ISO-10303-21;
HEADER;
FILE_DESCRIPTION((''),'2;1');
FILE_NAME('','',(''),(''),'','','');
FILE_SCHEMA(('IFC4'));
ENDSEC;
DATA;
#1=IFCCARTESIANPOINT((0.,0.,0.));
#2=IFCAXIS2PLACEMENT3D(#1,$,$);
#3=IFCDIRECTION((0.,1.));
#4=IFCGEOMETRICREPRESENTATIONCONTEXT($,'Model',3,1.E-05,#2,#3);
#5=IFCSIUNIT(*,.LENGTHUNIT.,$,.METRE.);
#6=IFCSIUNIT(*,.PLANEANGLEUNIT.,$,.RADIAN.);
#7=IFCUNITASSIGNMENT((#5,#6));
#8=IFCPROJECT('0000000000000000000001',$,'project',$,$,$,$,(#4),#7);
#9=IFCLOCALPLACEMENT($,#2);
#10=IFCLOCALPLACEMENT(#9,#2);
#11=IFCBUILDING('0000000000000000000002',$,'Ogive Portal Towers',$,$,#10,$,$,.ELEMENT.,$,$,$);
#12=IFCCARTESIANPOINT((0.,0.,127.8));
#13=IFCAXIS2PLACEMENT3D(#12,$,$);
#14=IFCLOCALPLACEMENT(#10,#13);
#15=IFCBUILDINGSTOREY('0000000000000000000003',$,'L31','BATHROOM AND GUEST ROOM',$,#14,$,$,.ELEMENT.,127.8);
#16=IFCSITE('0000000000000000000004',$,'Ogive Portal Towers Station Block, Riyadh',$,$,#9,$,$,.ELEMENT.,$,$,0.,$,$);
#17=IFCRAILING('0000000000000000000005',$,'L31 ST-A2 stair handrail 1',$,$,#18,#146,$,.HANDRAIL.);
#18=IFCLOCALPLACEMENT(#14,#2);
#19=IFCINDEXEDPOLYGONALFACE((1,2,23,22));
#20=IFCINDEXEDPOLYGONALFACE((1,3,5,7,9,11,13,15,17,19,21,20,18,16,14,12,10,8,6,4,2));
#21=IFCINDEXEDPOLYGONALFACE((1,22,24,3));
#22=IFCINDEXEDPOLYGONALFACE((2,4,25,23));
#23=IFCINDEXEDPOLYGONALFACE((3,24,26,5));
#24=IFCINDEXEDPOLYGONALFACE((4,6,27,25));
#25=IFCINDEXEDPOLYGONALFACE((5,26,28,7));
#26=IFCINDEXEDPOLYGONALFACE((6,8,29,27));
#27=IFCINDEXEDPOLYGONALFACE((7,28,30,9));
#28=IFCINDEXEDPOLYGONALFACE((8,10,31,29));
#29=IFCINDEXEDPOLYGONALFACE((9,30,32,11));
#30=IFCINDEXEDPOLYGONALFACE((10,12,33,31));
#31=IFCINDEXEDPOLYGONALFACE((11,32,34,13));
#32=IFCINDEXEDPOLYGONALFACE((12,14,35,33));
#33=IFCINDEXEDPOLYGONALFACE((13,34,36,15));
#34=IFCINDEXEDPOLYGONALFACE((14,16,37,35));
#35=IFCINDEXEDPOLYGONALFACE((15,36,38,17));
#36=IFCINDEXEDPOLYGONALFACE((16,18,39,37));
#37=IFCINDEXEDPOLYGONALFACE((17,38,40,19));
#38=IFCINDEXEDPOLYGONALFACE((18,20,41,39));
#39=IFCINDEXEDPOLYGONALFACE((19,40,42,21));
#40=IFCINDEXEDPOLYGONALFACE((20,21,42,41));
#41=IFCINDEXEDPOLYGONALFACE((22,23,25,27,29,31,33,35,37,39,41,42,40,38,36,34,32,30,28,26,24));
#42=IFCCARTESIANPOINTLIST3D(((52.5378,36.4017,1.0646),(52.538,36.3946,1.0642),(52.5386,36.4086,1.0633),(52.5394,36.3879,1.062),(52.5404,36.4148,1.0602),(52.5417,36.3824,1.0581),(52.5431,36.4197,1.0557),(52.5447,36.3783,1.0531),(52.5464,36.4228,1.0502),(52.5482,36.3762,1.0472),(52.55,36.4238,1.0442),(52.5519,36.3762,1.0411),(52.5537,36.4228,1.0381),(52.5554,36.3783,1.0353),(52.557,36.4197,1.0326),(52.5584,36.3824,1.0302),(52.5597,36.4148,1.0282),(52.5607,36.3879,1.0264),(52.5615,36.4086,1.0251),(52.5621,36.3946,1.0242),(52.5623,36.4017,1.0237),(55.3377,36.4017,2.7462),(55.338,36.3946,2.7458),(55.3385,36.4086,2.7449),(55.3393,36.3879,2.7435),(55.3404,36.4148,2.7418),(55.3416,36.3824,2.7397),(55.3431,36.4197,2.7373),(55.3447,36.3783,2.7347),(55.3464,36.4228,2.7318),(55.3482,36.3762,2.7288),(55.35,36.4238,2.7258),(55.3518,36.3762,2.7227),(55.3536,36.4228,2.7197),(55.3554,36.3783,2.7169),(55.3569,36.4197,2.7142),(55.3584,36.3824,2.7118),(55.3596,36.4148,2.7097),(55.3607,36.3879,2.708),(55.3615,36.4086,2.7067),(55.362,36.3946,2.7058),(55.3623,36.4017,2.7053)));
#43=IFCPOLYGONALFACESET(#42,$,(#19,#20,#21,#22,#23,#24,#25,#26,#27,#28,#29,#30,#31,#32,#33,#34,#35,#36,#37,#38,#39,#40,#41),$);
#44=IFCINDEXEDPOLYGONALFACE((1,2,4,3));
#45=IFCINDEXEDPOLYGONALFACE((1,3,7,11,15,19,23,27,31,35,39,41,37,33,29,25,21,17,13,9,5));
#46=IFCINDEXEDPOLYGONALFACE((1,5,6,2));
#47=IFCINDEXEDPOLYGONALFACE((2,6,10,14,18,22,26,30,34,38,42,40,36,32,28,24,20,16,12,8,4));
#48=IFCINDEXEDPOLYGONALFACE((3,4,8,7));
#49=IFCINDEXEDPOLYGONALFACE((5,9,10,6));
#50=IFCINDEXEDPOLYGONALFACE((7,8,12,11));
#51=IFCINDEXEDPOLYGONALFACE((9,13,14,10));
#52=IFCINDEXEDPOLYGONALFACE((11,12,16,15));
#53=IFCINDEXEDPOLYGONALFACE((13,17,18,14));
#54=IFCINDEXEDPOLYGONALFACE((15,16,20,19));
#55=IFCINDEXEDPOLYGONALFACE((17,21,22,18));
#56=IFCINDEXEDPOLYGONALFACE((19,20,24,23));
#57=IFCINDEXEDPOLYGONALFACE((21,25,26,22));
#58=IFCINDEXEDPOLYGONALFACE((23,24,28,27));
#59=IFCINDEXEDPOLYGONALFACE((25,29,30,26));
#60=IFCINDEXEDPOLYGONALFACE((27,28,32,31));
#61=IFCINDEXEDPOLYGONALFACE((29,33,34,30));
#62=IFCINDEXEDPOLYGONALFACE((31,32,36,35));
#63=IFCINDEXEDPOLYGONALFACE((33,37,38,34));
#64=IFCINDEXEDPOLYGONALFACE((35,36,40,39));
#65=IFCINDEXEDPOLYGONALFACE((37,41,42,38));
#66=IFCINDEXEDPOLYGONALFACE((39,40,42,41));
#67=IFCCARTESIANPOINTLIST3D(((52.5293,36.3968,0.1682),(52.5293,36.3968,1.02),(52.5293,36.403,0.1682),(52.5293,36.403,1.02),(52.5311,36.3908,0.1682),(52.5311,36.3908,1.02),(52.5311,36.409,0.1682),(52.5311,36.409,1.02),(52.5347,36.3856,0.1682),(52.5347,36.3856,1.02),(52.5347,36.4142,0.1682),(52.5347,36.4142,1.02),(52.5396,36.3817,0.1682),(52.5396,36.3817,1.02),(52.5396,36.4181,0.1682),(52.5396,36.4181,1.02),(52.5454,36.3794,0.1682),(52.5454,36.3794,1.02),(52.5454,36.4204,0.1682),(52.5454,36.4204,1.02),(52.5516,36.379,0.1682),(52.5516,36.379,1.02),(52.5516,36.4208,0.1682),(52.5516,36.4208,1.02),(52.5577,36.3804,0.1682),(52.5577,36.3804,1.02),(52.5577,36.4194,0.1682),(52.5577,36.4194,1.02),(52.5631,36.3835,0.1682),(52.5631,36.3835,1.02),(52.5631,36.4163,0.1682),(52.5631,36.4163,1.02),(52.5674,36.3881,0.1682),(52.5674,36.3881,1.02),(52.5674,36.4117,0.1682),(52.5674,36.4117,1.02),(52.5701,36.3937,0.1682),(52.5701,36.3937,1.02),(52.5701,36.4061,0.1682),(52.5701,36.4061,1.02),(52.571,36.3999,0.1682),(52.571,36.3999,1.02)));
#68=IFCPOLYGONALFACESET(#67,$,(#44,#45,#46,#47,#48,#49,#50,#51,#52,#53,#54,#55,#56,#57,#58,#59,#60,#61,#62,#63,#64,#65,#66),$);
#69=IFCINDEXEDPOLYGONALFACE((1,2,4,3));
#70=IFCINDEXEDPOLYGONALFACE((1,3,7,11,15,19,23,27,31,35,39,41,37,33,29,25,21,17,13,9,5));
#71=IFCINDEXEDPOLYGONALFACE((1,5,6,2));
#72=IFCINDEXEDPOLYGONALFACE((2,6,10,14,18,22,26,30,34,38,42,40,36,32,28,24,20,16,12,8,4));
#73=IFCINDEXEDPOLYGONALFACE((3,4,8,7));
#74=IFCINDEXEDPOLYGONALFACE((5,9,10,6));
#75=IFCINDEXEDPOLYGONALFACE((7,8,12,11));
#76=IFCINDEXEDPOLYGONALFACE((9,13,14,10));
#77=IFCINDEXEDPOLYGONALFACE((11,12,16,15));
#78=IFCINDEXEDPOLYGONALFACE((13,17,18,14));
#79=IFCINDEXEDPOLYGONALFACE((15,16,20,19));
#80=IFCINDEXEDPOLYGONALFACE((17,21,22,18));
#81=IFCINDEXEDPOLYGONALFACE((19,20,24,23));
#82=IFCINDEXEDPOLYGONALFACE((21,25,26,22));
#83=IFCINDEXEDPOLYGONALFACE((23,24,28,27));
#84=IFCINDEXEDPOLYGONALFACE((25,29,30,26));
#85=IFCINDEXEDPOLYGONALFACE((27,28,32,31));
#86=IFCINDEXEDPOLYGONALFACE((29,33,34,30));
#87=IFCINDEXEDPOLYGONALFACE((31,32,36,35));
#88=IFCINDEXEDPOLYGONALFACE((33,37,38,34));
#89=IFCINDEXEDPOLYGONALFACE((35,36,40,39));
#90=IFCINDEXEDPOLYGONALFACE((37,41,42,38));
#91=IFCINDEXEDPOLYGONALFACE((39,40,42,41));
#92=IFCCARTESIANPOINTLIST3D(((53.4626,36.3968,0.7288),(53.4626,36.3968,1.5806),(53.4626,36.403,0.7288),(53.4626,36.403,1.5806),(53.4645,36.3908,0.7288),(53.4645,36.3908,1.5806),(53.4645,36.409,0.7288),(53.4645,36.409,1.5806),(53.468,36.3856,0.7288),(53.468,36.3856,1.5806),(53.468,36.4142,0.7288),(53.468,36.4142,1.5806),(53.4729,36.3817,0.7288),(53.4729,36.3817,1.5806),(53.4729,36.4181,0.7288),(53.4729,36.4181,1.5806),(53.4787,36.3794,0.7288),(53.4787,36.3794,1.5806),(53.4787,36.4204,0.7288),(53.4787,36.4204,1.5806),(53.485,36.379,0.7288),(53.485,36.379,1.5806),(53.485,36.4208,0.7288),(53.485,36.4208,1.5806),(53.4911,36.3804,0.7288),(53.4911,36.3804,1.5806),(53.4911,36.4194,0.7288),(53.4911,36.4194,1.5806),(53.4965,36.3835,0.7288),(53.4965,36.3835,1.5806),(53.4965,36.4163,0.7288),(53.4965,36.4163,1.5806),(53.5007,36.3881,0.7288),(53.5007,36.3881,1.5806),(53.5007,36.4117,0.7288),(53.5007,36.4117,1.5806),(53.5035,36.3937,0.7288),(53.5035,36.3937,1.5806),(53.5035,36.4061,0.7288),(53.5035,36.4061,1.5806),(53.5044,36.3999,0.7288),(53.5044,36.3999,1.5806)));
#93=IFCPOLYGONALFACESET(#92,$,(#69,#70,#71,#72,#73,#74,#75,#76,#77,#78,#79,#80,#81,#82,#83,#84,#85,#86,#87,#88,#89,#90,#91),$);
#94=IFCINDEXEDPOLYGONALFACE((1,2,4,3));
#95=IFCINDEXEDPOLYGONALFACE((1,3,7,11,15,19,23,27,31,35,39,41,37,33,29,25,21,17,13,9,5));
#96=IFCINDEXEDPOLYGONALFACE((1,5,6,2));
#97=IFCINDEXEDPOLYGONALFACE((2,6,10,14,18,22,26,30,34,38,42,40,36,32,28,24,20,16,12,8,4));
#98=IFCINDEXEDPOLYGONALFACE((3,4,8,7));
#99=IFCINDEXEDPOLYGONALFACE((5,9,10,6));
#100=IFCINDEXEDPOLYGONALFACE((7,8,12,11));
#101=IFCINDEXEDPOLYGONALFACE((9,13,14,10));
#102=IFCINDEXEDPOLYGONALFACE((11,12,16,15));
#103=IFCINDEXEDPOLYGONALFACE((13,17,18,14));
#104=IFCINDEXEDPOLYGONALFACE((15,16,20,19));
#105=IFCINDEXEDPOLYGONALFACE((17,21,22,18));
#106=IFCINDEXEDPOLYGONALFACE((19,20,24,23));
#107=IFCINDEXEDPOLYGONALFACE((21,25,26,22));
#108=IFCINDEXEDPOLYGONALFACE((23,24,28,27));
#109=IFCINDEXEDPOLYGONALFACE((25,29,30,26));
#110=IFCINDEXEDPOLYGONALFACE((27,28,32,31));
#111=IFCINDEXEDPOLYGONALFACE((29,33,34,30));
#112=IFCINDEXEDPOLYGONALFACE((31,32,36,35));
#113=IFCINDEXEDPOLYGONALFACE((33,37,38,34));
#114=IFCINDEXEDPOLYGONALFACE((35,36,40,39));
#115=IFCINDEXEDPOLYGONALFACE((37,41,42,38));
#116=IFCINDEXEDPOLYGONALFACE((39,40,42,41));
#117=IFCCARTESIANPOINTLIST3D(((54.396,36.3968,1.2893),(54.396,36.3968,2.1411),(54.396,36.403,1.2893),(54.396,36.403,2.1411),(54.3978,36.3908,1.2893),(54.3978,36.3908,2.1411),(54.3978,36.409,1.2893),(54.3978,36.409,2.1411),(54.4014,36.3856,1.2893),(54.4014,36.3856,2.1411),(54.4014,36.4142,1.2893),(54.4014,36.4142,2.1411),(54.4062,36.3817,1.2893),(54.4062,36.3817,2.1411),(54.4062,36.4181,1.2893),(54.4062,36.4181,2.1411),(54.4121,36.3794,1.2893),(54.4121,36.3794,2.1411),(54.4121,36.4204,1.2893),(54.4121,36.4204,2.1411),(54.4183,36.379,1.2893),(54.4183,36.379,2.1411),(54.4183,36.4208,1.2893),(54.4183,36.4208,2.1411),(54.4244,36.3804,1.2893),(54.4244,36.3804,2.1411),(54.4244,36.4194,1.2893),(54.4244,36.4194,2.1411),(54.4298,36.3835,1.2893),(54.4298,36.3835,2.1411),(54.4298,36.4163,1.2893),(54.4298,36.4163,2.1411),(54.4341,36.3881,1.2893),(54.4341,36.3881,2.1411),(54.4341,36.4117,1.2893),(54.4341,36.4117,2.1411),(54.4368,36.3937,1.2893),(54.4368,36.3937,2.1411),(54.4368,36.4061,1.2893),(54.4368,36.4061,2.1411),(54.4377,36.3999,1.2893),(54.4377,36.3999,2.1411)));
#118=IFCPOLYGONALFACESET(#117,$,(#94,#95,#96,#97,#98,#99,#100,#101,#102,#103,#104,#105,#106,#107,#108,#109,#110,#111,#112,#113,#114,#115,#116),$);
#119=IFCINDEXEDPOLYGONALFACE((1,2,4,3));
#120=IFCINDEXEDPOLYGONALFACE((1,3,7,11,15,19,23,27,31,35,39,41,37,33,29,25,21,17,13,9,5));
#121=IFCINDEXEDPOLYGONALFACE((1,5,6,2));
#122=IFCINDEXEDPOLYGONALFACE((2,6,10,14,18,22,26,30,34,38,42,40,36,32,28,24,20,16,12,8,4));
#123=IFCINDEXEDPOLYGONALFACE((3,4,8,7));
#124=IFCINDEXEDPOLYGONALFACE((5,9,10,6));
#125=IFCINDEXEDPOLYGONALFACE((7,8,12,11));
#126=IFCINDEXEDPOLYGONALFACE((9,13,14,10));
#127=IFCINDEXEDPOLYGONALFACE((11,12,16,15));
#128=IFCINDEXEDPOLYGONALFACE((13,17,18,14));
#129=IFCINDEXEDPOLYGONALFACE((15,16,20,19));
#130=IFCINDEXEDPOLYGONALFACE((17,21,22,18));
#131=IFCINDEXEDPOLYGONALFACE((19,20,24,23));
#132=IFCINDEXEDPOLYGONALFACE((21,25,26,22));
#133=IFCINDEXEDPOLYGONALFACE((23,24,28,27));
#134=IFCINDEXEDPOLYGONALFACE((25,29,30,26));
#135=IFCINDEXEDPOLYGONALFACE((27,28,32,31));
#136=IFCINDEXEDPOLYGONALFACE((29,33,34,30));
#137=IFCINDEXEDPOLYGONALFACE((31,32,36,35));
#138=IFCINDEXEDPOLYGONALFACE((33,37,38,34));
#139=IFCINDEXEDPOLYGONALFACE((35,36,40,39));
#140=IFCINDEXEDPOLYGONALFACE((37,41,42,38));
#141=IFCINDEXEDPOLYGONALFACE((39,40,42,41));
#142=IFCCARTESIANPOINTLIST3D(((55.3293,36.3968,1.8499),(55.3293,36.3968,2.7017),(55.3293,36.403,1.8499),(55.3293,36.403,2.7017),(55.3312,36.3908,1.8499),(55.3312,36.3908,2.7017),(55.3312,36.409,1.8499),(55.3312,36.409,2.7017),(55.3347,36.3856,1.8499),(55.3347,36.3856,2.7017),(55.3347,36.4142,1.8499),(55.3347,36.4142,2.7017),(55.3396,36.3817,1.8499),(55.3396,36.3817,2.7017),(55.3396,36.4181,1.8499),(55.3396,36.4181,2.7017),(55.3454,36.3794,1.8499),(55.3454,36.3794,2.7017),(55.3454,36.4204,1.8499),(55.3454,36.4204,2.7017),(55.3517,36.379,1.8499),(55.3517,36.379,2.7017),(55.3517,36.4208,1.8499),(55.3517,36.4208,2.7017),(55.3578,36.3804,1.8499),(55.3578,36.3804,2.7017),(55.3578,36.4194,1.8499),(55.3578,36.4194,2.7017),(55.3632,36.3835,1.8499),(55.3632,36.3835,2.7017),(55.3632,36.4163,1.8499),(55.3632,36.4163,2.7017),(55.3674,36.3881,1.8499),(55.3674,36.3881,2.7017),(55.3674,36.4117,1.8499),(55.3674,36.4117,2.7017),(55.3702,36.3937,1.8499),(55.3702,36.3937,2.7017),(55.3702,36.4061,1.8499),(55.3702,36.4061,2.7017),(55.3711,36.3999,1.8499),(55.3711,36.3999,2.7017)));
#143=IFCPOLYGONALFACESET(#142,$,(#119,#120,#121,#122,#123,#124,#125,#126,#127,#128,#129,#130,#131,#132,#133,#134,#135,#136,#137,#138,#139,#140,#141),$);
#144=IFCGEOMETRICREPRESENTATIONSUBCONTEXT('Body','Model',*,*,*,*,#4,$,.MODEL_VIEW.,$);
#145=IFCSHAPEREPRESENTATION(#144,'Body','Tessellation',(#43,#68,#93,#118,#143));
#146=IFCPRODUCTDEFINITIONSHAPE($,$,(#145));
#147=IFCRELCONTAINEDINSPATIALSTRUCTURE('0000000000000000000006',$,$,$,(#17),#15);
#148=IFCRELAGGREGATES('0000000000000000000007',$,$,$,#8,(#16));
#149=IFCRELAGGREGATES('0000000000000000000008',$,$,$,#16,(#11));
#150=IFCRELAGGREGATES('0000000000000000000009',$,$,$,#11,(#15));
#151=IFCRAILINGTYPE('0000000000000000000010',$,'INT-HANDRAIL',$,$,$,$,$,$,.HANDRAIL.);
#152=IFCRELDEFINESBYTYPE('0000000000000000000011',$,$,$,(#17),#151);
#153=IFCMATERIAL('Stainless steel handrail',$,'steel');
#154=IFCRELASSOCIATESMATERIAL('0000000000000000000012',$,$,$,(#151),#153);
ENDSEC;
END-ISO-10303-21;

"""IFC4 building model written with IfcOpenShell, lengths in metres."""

from ifc_helpers import new_model, si_unit, direction, frame, origin, origin_2d, place, context, subcontext, project, spatial, circle, extrude, material, type_object, element, save


model = new_model("IFC4")

# Units and contexts
model_context = context("Model", 3, precision=1e-05, world=origin(), true_north=direction((0.0, 1.0)))
body_context = subcontext(model_context, "Body", "Model", "MODEL_VIEW")
ifc_project = project(units=[si_unit("LENGTHUNIT", "METRE"), si_unit("PLANEANGLEUNIT", "RADIAN")], contexts=[model_context])

# Site, building, storey
site_placement = place(None, origin())
site = spatial("IfcSite", under=ifc_project, at=site_placement, Name="Ogive Portal Towers Station Block, Riyadh", CompositionType="ELEMENT", RefElevation=0.0)
building_placement = place(site_placement, origin())
building = spatial("IfcBuilding", under=site, at=building_placement, Name="Ogive Portal Towers", CompositionType="ELEMENT")
storey_placement = place(building_placement, frame((0.0, 0.0, 127.8)))
storey = spatial("IfcBuildingStorey", under=building, at=storey_placement, Name="L31", Description="BATHROOM AND GUEST ROOM", CompositionType="ELEMENT", Elevation=127.8)

# Railing
ifc_material_1 = material(Name="Stainless steel handrail", Category="steel")
railing_type_1 = type_object("IfcRailingType", Name="INT-HANDRAIL", PredefinedType="HANDRAIL", material=ifc_material_1)
railing_1_placement = place(storey_placement, frame((52.55, 36.3999, 0.1682)))
element("IfcRailing", 1, at=railing_1_placement, inside=storey, type_object=railing_type_1, Name="L31 ST-A2 stair handrail 1", PredefinedType="HANDRAIL", context=body_context, shape_type="SweptSolid", body=[
    extrude(circle(Radius=0.0239, at=origin_2d()), frame((0.0, 0.0, 0.876), z_axis=(0.857275, 0.0, 0.514858), x_axis=(0.0, 1.0, 0.0)), (0.0, 0.0, 1.0), 3.2661),
    extrude(circle(Radius=0.021, at=origin_2d()), origin(), (0.0, 0.0, 1.0), 0.8518),
    extrude(circle(Radius=0.021, at=origin_2d()), frame((0.9333, 0.0, 0.5605)), (0.0, 0.0, 1.0), 0.8518),
    extrude(circle(Radius=0.021, at=origin_2d()), frame((1.8667, 0.0, 1.1211)), (0.0, 0.0, 1.0), 0.8518),
    extrude(circle(Radius=0.021, at=origin_2d()), frame((2.8, 0.0, 1.6816)), (0.0, 0.0, 1.0), 0.8518),
])

save(model, "model.ifc")
